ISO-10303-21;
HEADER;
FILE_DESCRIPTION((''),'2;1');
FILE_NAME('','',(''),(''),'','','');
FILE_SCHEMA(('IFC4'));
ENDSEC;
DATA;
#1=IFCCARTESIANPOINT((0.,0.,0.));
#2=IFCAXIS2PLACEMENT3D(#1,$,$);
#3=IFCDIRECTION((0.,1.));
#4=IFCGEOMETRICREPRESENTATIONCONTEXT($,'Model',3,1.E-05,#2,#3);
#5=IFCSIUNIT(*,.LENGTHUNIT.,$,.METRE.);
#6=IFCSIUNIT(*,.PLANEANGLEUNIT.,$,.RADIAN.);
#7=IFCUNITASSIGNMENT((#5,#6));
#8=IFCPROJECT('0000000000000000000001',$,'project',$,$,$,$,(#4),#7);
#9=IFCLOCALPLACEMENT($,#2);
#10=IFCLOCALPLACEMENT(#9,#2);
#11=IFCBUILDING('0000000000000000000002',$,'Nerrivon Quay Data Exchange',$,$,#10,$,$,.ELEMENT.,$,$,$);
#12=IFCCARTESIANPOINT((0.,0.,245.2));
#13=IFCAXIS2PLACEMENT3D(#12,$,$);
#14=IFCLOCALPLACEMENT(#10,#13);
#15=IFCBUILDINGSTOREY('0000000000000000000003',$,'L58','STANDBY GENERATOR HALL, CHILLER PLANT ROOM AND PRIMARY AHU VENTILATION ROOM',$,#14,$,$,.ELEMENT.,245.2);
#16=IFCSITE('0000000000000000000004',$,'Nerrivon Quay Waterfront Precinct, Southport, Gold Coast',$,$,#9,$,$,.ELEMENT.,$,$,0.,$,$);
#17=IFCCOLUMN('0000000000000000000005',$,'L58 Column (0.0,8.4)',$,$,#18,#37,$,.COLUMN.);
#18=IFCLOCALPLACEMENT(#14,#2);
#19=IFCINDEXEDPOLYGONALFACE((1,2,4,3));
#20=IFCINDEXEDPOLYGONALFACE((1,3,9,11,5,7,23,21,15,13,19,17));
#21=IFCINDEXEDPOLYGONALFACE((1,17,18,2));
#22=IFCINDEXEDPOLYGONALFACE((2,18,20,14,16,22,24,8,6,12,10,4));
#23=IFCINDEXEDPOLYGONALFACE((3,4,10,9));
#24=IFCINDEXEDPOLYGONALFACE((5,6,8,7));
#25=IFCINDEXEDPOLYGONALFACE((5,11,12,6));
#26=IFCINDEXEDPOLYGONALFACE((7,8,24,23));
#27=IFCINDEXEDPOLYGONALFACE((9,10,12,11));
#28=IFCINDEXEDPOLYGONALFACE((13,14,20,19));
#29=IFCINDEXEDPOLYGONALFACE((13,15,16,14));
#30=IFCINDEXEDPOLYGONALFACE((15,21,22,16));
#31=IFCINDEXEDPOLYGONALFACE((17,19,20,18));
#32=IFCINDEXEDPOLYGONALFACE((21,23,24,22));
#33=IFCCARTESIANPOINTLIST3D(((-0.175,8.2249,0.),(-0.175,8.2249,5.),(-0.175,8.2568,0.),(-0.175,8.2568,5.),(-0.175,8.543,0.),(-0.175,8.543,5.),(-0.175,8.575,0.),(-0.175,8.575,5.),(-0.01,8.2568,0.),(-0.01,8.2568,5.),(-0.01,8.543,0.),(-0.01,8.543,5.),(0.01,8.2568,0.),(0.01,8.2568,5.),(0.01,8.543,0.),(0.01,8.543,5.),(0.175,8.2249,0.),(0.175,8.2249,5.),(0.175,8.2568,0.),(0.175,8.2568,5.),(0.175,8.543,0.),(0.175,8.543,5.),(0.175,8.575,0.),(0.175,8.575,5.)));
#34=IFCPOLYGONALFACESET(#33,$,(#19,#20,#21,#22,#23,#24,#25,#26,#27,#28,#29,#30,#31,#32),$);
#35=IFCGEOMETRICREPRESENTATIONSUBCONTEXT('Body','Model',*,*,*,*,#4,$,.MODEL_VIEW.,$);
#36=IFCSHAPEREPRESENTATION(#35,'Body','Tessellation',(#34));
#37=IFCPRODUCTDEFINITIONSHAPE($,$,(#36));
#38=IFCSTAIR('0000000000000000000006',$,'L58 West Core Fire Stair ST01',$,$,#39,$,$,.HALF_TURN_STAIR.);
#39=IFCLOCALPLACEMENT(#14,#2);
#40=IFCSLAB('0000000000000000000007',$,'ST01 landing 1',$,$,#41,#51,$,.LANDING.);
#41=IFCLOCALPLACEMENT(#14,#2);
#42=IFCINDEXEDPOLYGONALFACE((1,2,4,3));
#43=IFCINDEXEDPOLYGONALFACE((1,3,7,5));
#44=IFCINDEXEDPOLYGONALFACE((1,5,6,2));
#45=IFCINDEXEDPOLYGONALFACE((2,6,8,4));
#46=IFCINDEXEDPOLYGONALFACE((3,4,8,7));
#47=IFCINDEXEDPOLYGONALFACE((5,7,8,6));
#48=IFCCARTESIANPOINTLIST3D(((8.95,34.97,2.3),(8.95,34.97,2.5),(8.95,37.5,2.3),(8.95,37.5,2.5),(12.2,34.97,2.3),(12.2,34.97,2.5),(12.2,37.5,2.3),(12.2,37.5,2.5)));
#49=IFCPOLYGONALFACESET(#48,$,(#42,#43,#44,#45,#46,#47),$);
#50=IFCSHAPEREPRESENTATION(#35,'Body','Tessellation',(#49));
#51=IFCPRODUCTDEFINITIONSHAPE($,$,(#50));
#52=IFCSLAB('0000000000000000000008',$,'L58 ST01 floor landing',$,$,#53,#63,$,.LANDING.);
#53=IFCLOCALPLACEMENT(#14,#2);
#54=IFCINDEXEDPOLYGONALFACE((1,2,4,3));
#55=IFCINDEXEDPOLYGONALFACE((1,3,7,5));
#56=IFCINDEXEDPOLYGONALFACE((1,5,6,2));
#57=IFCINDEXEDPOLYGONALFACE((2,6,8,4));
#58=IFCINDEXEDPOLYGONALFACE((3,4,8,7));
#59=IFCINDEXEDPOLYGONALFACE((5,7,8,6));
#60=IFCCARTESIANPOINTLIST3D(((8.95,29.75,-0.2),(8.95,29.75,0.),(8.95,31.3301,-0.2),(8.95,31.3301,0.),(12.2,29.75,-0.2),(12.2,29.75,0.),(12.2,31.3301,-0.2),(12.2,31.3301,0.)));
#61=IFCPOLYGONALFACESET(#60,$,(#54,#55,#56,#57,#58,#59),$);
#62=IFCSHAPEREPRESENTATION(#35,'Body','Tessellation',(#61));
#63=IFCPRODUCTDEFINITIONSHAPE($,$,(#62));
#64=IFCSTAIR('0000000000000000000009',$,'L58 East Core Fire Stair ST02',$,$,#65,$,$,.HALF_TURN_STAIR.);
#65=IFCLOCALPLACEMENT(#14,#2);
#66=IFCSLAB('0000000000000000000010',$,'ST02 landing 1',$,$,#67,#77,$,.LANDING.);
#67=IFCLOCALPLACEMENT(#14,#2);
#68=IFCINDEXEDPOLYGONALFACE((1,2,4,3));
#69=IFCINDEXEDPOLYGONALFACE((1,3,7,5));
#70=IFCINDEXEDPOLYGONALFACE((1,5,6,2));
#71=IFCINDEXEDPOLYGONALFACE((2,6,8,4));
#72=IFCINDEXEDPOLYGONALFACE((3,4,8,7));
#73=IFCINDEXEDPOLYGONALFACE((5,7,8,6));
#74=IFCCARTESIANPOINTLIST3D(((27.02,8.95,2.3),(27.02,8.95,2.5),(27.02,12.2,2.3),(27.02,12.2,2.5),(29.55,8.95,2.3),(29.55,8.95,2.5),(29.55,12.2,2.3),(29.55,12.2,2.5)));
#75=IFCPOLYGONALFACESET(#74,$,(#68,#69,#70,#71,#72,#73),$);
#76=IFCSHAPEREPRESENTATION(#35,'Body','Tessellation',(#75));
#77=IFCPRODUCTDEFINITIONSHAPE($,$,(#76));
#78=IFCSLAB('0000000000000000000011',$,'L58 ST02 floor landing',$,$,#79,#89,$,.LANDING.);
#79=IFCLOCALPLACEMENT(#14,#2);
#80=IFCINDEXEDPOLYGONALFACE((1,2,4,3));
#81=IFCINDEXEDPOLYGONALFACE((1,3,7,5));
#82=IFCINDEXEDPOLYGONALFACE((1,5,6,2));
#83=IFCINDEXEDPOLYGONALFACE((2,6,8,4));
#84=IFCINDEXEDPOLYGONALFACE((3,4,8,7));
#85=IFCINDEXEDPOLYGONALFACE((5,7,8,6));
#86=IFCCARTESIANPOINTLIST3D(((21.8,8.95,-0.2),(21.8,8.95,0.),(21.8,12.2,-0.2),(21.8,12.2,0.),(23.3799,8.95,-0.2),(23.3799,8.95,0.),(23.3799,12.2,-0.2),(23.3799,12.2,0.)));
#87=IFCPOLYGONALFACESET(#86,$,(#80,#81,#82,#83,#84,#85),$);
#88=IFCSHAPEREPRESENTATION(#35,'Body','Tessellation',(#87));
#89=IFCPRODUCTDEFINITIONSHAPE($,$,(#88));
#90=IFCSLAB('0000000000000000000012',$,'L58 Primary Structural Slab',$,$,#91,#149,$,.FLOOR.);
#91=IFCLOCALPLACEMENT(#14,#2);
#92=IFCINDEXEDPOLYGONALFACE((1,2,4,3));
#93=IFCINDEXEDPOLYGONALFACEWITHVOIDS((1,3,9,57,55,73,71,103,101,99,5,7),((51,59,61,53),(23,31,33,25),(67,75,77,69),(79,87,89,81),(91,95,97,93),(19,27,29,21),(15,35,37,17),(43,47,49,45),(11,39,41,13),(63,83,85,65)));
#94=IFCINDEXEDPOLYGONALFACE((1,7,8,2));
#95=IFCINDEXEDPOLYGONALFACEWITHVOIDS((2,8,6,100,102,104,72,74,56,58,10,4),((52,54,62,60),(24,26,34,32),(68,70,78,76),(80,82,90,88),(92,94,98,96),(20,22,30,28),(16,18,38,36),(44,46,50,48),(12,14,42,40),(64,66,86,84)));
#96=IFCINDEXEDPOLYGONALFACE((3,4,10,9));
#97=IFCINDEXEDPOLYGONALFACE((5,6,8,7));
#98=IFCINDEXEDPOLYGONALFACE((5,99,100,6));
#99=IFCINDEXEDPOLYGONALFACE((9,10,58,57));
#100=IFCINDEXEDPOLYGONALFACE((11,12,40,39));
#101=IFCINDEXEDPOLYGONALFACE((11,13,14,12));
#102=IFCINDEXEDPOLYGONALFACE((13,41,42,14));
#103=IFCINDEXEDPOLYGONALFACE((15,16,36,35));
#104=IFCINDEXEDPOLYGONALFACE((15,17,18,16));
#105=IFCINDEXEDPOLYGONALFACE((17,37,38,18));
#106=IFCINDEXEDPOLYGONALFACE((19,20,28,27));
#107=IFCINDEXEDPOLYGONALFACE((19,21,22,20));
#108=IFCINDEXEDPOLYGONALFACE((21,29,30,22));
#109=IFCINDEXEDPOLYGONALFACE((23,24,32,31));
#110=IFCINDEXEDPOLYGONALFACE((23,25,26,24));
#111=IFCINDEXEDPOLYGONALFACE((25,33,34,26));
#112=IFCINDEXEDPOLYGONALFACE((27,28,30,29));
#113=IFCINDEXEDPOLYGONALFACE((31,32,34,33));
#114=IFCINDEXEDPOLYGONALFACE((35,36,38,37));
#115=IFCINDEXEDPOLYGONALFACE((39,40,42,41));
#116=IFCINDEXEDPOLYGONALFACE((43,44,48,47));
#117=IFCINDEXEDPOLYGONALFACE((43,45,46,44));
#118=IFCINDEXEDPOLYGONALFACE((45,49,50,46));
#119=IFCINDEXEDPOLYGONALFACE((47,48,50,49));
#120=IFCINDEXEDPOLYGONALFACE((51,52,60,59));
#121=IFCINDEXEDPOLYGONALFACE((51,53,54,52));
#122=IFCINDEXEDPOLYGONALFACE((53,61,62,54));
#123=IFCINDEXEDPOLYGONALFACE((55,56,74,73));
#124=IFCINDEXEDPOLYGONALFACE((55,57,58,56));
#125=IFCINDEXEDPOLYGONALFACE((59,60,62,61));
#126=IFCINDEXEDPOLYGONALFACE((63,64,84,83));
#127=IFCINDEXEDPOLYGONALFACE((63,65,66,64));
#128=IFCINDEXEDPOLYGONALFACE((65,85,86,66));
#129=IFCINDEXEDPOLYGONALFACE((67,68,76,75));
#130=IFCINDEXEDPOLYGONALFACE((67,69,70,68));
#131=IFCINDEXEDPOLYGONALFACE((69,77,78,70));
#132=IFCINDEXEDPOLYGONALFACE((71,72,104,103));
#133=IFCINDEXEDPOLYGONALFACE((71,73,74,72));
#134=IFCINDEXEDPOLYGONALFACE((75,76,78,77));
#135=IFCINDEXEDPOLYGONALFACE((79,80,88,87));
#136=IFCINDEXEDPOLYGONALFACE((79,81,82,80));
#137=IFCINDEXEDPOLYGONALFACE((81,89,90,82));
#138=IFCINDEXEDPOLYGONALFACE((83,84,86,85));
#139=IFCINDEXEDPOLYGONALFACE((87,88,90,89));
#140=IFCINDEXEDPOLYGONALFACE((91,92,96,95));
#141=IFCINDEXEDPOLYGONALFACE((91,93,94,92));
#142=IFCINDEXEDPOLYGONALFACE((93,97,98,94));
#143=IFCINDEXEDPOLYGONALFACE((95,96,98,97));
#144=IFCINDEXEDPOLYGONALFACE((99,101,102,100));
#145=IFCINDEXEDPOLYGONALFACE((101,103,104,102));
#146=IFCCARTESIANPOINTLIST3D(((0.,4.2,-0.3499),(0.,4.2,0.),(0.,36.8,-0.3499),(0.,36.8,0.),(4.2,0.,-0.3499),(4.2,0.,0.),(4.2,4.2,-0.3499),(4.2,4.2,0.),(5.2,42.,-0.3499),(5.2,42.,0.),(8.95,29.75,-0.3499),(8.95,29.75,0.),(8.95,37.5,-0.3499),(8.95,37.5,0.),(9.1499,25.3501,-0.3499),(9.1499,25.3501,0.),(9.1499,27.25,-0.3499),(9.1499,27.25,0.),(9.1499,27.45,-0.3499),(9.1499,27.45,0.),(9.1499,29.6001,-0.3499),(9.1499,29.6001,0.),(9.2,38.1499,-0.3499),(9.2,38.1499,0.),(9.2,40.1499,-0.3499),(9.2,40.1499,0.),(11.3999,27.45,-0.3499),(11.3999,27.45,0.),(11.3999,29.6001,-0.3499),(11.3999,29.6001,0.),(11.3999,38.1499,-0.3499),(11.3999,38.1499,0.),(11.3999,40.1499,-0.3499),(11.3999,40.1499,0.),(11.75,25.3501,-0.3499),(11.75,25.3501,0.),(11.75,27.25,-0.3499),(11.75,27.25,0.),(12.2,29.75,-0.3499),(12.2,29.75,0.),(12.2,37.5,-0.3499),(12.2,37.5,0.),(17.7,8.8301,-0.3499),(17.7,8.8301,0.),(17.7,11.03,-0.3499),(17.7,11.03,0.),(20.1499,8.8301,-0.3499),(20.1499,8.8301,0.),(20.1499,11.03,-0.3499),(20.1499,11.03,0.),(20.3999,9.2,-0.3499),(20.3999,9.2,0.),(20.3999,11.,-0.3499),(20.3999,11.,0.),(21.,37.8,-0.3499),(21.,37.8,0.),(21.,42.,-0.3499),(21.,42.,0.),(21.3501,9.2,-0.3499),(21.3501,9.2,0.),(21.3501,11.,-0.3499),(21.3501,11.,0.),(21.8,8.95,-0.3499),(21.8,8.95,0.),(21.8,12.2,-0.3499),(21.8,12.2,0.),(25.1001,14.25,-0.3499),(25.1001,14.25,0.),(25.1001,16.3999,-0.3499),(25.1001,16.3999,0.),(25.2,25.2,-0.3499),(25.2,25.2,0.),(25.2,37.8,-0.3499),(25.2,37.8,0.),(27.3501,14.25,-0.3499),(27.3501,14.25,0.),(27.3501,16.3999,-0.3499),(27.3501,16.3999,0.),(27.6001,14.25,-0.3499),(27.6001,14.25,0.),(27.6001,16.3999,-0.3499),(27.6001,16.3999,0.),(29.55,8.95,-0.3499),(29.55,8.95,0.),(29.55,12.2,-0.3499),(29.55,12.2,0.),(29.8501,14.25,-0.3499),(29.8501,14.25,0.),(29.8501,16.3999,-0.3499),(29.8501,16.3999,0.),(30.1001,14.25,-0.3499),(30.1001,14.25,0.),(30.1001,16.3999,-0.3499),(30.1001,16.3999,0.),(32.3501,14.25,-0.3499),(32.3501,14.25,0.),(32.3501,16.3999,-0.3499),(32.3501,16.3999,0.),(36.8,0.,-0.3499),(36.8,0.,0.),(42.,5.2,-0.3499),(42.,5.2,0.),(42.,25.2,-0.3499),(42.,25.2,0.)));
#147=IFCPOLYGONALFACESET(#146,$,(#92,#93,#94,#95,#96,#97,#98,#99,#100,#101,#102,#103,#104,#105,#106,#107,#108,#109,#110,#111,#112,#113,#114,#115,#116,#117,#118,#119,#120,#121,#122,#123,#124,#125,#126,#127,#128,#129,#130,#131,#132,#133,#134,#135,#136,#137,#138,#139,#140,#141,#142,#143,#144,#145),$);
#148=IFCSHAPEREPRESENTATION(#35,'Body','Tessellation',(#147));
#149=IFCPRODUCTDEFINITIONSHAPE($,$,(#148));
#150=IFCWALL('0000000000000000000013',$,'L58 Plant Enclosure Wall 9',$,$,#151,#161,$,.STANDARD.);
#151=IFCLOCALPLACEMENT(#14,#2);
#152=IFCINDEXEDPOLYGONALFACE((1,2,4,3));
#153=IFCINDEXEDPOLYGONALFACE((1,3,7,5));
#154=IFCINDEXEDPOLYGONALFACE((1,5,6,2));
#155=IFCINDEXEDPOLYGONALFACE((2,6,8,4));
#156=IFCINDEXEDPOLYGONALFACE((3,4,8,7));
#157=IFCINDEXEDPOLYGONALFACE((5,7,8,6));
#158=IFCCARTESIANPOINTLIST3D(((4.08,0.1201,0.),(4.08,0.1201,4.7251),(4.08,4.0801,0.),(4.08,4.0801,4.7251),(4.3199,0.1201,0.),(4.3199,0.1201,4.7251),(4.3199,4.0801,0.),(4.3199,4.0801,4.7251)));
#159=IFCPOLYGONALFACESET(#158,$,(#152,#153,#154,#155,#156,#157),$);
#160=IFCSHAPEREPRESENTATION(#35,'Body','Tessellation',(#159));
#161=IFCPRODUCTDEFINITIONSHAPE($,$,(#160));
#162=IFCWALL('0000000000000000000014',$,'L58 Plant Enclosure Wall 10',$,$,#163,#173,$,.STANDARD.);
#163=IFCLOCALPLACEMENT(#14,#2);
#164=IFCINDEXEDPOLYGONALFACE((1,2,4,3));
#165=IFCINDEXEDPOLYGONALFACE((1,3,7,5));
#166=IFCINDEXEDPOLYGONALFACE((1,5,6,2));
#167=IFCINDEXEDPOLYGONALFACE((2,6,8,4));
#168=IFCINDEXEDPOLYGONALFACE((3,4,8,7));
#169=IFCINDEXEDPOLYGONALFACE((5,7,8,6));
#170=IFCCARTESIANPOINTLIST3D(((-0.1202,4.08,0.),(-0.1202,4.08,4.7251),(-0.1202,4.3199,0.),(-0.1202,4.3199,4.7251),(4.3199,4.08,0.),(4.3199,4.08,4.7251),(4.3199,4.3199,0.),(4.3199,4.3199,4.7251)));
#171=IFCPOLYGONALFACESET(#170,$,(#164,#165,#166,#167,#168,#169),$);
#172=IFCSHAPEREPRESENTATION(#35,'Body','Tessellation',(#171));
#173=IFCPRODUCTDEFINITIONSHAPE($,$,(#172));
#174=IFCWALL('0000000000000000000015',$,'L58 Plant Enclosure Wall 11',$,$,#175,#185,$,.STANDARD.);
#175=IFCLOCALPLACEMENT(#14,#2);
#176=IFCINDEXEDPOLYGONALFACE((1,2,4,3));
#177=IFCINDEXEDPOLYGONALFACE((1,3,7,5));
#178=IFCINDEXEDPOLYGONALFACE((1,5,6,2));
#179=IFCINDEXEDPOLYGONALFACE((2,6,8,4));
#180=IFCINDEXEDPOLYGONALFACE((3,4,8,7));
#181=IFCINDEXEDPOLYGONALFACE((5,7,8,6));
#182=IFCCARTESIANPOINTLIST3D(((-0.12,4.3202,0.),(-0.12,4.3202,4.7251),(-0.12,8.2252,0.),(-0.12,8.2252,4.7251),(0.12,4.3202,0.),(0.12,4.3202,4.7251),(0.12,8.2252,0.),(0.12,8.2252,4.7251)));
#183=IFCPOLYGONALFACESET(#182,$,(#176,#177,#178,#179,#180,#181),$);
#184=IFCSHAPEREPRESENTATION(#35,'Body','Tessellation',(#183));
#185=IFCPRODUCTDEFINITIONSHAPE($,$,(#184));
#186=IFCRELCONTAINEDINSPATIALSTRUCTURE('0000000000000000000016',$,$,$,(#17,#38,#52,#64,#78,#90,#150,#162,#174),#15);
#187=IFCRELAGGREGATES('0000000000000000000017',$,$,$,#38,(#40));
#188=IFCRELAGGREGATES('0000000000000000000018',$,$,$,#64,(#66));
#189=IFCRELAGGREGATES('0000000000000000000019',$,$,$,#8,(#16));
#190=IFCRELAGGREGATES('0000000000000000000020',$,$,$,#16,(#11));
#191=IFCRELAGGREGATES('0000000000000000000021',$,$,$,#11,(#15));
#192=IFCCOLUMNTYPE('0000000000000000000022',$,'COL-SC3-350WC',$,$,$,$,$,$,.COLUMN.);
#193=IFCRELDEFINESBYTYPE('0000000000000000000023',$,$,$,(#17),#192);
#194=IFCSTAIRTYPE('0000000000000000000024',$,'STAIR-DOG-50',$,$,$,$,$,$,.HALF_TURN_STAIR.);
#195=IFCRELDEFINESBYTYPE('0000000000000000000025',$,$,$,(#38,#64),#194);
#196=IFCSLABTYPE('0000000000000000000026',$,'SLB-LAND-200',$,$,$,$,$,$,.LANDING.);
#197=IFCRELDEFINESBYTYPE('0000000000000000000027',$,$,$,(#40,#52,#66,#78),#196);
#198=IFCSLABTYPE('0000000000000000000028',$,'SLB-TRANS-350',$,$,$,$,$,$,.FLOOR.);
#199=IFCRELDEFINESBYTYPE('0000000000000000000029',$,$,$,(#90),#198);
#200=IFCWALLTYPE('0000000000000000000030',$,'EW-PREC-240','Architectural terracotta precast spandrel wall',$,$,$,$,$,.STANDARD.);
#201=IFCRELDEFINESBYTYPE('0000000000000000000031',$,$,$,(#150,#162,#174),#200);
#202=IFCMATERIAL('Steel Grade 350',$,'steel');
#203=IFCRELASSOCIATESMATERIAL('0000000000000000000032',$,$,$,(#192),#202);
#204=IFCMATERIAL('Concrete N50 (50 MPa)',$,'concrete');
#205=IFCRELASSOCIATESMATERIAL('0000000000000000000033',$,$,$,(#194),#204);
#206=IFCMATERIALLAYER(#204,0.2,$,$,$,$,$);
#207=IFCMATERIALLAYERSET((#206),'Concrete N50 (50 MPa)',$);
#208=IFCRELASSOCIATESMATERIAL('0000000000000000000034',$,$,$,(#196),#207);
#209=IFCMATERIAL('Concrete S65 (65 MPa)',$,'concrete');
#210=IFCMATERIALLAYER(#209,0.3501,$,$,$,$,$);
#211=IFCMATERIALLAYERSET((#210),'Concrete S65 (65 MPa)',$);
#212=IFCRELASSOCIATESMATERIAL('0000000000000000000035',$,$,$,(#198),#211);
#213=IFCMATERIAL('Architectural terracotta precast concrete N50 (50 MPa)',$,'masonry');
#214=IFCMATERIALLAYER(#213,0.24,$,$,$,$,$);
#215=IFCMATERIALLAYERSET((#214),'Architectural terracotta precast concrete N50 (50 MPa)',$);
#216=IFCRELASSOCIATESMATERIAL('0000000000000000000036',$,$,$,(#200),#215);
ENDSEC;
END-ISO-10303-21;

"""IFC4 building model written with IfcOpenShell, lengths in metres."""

from ifc_helpers import new_model, si_unit, direction, frame, frame_2d, origin, origin_2d, place, context, subcontext, project, spatial, polyline, rectangle, i_section, outline, extrude, material, layer, layer_set, material_profile, profile_set, type_object, element, aggregate, save


model = new_model("IFC4")

# Units and contexts
model_context = context("Model", 3, precision=1e-05, world=origin(), true_north=direction((0.0, 1.0)))
body_context = subcontext(model_context, "Body", "Model", "MODEL_VIEW")
ifc_project = project(units=[si_unit("LENGTHUNIT", "METRE"), si_unit("PLANEANGLEUNIT", "RADIAN")], contexts=[model_context])

# Site, building, storey
site_placement = place(None, origin())
site = spatial("IfcSite", under=ifc_project, at=site_placement, Name="Nerrivon Quay Waterfront Precinct, Southport, Gold Coast", CompositionType="ELEMENT", RefElevation=0.0)
building_placement = place(site_placement, origin())
building = spatial("IfcBuilding", under=site, at=building_placement, Name="Nerrivon Quay Data Exchange", CompositionType="ELEMENT")
storey_placement = place(building_placement, frame((0.0, 0.0, 245.2)))
storey = spatial("IfcBuildingStorey", under=building, at=storey_placement, Name="L58", Description="STANDBY GENERATOR HALL, CHILLER PLANT ROOM AND PRIMARY AHU VENTILATION ROOM", CompositionType="ELEMENT", Elevation=245.2)

# Column
ifc_material_1 = material(Name="Steel Grade 350", Category="steel")
ifc_material_profile = material_profile(ifc_material_1, i_section(OverallWidth=0.3501, OverallDepth=0.3501, WebThickness=0.02, FlangeThickness=0.032, at=origin_2d()), Name="350WC230")
ifc_profile_set = profile_set([ifc_material_profile], Name="Steel Grade 350")
column_type = type_object("IfcColumnType", Name="COL-SC3-350WC", PredefinedType="COLUMN", material=ifc_profile_set)
column_placement = place(storey_placement, frame((0.0, 8.3999, 0.0), z_axis=(0.0, 0.0, 1.0), x_axis=(1.0, 0.0, 0.0)))
element("IfcColumn", 1, at=column_placement, inside=storey, type_object=column_type, Name="L58 Column (0.0,8.4)", PredefinedType="COLUMN", context=body_context, shape_type="SweptSolid", body=[
    extrude(i_section(OverallWidth=0.3501, OverallDepth=0.3501, WebThickness=0.02, FlangeThickness=0.032, at=origin_2d()), origin(), (0.0, 0.0, 1.0), 5.0),
])

# Stair, slab
ifc_material_2 = material(Name="Concrete N50 (50 MPa)", Category="concrete")
stair_type = type_object("IfcStairType", Name="STAIR-DOG-50", PredefinedType="HALF_TURN_STAIR", material=ifc_material_2)
stair_1_placement = place(storey_placement, origin())
stair_1 = element("IfcStair", 2, at=stair_1_placement, inside=storey, type_object=stair_type, Name="L58 West Core Fire Stair ST01", PredefinedType="HALF_TURN_STAIR")
ifc_layer_1 = layer(ifc_material_2, 0.2)
ifc_layer_set_1 = layer_set([ifc_layer_1], Name="Concrete N50 (50 MPa)")
slab_type_1 = type_object("IfcSlabType", Name="SLB-LAND-200", PredefinedType="LANDING", material=ifc_layer_set_1)
slab_1_placement = place(storey_placement, frame((0.0, 0.0, 2.3)))
slab_1 = element("IfcSlab", 3, at=slab_1_placement, type_object=slab_type_1, Name="ST01 landing 1", PredefinedType="LANDING", context=body_context, shape_type="SweptSolid", body=[
    extrude(outline(polyline([(12.2, 34.97), (12.2, 37.5), (8.95, 37.5), (8.95, 34.97), (12.2, 34.97)])), origin(), (0.0, 0.0, 1.0), 0.2),
])
aggregate(stair_1, [slab_1])

# Slab
slab_2_placement = place(storey_placement, frame((0.0, 0.0, -0.2)))
element("IfcSlab", 4, at=slab_2_placement, inside=storey, type_object=slab_type_1, Name="L58 ST01 floor landing", PredefinedType="LANDING", context=body_context, shape_type="SweptSolid", body=[
    extrude(outline(polyline([(12.2, 29.75), (12.2, 31.3301), (8.95, 31.3301), (8.95, 29.75), (12.2, 29.75)])), origin(), (0.0, 0.0, 1.0), 0.2),
])

# Stair, slab
stair_2_placement = place(storey_placement, origin())
stair_2 = element("IfcStair", 5, at=stair_2_placement, inside=storey, type_object=stair_type, Name="L58 East Core Fire Stair ST02", PredefinedType="HALF_TURN_STAIR")
slab_3_placement = place(storey_placement, frame((0.0, 0.0, 2.3)))
slab_3 = element("IfcSlab", 6, at=slab_3_placement, type_object=slab_type_1, Name="ST02 landing 1", PredefinedType="LANDING", context=body_context, shape_type="SweptSolid", body=[
    extrude(outline(polyline([(27.02, 8.95), (29.55, 8.95), (29.55, 12.2), (27.02, 12.2), (27.02, 8.95)])), origin(), (0.0, 0.0, 1.0), 0.2),
])
aggregate(stair_2, [slab_3])

# Slabs
slab_4_placement = place(storey_placement, frame((0.0, 0.0, -0.2)))
element("IfcSlab", 7, at=slab_4_placement, inside=storey, type_object=slab_type_1, Name="L58 ST02 floor landing", PredefinedType="LANDING", context=body_context, shape_type="SweptSolid", body=[
    extrude(outline(polyline([(21.8, 8.95), (23.3799, 8.95), (23.3799, 12.2), (21.8, 12.2), (21.8, 8.95)])), origin(), (0.0, 0.0, 1.0), 0.2),
])
ifc_material_3 = material(Name="Concrete S65 (65 MPa)", Category="concrete")
ifc_layer_2 = layer(ifc_material_3, 0.3501)
ifc_layer_set_2 = layer_set([ifc_layer_2], Name="Concrete S65 (65 MPa)")
slab_type_2 = type_object("IfcSlabType", Name="SLB-TRANS-350", PredefinedType="FLOOR", material=ifc_layer_set_2)
slab_5_placement = place(storey_placement, frame((0.0, 0.0, -0.3499)))
element("IfcSlab", 8, at=slab_5_placement, inside=storey, type_object=slab_type_2, Name="L58 Primary Structural Slab", PredefinedType="FLOOR", context=body_context, shape_type="SweptSolid", body=[
    extrude(outline(polyline([(42.0, 25.2), (25.2, 25.2), (25.2, 37.8), (21.0, 37.8), (21.0, 42.0), (5.2, 42.0), (0.0, 36.8), (0.0, 4.2), (4.2, 4.2), (4.2, 0.0), (36.8, 0.0), (42.0, 5.2), (42.0, 25.2)]), holes=[polyline([(8.95, 29.75), (8.95, 37.5), (12.2, 37.5), (12.2, 29.75), (8.95, 29.75)]), polyline([(21.8, 12.2), (29.55, 12.2), (29.55, 8.95), (21.8, 8.95), (21.8, 12.2)]), polyline([(30.1001, 14.25), (30.1001, 16.3999), (32.3501, 16.3999), (32.3501, 14.25), (30.1001, 14.25)]), polyline([(27.6001, 14.25), (27.6001, 16.3999), (29.8501, 16.3999), (29.8501, 14.25), (27.6001, 14.25)]), polyline([(25.1001, 14.25), (25.1001, 16.3999), (27.3501, 16.3999), (27.3501, 14.25), (25.1001, 14.25)]), polyline([(20.3999, 9.2), (20.3999, 11.0), (21.3501, 11.0), (21.3501, 9.2), (20.3999, 9.2)]), polyline([(17.7, 8.8301), (17.7, 11.03), (20.1499, 11.03), (20.1499, 8.8301), (17.7, 8.8301)]), polyline([(9.1499, 25.3501), (9.1499, 27.25), (11.75, 27.25), (11.75, 25.3501), (9.1499, 25.3501)]), polyline([(9.1499, 27.45), (9.1499, 29.6001), (11.3999, 29.6001), (11.3999, 27.45), (9.1499, 27.45)]), polyline([(9.2, 38.1499), (9.2, 40.1499), (11.3999, 40.1499), (11.3999, 38.1499), (9.2, 38.1499)])]), origin(), (0.0, 0.0, 1.0), 0.3499),
])

# Walls
ifc_material_4 = material(Name="Architectural terracotta precast concrete N50 (50 MPa)", Category="masonry")
ifc_layer_3 = layer(ifc_material_4, 0.24)
ifc_layer_set_3 = layer_set([ifc_layer_3], Name="Architectural terracotta precast concrete N50 (50 MPa)")
wall_type_1 = type_object("IfcWallType", Name="EW-PREC-240", Description="Architectural terracotta precast spandrel wall", PredefinedType="STANDARD", material=ifc_layer_set_3)
wall_1_placement = place(storey_placement, frame((4.2, 0.1201, 0.0), z_axis=(0.0, 0.0, 1.0), x_axis=(0.0, 1.0, 0.0)))
element("IfcWall", 9, at=wall_1_placement, inside=storey, type_object=wall_type_1, Name="L58 Plant Enclosure Wall 9", PredefinedType="STANDARD", context=body_context, shape_type="SweptSolid", body=[
    extrude(rectangle(XDim=3.96, YDim=0.24, at=frame_2d((1.98, 0.0))), origin(), (0.0, 0.0, 1.0), 4.7251),
])
wall_2_placement = place(storey_placement, frame((4.3201, 4.2, 0.0), z_axis=(0.0, 0.0, 1.0), x_axis=(-1.0, 0.0, 0.0)))
element("IfcWall", 10, at=wall_2_placement, inside=storey, type_object=wall_type_1, Name="L58 Plant Enclosure Wall 10", PredefinedType="STANDARD", context=body_context, shape_type="SweptSolid", body=[
    extrude(rectangle(XDim=4.4402, YDim=0.24, at=frame_2d((2.2202, 0.0))), origin(), (0.0, 0.0, 1.0), 4.7251),
])
wall_3_placement = place(storey_placement, frame((0.0, 4.3201, 0.0), z_axis=(0.0, 0.0, 1.0), x_axis=(0.0, 1.0, 0.0)))
element("IfcWall", 11, at=wall_3_placement, inside=storey, type_object=wall_type_1, Name="L58 Plant Enclosure Wall 11", PredefinedType="STANDARD", context=body_context, shape_type="SweptSolid", body=[
    extrude(rectangle(XDim=3.905, YDim=0.24, at=frame_2d((1.9526, 0.0))), origin(), (0.0, 0.0, 1.0), 4.7251),
])

save(model, "model.ifc")
